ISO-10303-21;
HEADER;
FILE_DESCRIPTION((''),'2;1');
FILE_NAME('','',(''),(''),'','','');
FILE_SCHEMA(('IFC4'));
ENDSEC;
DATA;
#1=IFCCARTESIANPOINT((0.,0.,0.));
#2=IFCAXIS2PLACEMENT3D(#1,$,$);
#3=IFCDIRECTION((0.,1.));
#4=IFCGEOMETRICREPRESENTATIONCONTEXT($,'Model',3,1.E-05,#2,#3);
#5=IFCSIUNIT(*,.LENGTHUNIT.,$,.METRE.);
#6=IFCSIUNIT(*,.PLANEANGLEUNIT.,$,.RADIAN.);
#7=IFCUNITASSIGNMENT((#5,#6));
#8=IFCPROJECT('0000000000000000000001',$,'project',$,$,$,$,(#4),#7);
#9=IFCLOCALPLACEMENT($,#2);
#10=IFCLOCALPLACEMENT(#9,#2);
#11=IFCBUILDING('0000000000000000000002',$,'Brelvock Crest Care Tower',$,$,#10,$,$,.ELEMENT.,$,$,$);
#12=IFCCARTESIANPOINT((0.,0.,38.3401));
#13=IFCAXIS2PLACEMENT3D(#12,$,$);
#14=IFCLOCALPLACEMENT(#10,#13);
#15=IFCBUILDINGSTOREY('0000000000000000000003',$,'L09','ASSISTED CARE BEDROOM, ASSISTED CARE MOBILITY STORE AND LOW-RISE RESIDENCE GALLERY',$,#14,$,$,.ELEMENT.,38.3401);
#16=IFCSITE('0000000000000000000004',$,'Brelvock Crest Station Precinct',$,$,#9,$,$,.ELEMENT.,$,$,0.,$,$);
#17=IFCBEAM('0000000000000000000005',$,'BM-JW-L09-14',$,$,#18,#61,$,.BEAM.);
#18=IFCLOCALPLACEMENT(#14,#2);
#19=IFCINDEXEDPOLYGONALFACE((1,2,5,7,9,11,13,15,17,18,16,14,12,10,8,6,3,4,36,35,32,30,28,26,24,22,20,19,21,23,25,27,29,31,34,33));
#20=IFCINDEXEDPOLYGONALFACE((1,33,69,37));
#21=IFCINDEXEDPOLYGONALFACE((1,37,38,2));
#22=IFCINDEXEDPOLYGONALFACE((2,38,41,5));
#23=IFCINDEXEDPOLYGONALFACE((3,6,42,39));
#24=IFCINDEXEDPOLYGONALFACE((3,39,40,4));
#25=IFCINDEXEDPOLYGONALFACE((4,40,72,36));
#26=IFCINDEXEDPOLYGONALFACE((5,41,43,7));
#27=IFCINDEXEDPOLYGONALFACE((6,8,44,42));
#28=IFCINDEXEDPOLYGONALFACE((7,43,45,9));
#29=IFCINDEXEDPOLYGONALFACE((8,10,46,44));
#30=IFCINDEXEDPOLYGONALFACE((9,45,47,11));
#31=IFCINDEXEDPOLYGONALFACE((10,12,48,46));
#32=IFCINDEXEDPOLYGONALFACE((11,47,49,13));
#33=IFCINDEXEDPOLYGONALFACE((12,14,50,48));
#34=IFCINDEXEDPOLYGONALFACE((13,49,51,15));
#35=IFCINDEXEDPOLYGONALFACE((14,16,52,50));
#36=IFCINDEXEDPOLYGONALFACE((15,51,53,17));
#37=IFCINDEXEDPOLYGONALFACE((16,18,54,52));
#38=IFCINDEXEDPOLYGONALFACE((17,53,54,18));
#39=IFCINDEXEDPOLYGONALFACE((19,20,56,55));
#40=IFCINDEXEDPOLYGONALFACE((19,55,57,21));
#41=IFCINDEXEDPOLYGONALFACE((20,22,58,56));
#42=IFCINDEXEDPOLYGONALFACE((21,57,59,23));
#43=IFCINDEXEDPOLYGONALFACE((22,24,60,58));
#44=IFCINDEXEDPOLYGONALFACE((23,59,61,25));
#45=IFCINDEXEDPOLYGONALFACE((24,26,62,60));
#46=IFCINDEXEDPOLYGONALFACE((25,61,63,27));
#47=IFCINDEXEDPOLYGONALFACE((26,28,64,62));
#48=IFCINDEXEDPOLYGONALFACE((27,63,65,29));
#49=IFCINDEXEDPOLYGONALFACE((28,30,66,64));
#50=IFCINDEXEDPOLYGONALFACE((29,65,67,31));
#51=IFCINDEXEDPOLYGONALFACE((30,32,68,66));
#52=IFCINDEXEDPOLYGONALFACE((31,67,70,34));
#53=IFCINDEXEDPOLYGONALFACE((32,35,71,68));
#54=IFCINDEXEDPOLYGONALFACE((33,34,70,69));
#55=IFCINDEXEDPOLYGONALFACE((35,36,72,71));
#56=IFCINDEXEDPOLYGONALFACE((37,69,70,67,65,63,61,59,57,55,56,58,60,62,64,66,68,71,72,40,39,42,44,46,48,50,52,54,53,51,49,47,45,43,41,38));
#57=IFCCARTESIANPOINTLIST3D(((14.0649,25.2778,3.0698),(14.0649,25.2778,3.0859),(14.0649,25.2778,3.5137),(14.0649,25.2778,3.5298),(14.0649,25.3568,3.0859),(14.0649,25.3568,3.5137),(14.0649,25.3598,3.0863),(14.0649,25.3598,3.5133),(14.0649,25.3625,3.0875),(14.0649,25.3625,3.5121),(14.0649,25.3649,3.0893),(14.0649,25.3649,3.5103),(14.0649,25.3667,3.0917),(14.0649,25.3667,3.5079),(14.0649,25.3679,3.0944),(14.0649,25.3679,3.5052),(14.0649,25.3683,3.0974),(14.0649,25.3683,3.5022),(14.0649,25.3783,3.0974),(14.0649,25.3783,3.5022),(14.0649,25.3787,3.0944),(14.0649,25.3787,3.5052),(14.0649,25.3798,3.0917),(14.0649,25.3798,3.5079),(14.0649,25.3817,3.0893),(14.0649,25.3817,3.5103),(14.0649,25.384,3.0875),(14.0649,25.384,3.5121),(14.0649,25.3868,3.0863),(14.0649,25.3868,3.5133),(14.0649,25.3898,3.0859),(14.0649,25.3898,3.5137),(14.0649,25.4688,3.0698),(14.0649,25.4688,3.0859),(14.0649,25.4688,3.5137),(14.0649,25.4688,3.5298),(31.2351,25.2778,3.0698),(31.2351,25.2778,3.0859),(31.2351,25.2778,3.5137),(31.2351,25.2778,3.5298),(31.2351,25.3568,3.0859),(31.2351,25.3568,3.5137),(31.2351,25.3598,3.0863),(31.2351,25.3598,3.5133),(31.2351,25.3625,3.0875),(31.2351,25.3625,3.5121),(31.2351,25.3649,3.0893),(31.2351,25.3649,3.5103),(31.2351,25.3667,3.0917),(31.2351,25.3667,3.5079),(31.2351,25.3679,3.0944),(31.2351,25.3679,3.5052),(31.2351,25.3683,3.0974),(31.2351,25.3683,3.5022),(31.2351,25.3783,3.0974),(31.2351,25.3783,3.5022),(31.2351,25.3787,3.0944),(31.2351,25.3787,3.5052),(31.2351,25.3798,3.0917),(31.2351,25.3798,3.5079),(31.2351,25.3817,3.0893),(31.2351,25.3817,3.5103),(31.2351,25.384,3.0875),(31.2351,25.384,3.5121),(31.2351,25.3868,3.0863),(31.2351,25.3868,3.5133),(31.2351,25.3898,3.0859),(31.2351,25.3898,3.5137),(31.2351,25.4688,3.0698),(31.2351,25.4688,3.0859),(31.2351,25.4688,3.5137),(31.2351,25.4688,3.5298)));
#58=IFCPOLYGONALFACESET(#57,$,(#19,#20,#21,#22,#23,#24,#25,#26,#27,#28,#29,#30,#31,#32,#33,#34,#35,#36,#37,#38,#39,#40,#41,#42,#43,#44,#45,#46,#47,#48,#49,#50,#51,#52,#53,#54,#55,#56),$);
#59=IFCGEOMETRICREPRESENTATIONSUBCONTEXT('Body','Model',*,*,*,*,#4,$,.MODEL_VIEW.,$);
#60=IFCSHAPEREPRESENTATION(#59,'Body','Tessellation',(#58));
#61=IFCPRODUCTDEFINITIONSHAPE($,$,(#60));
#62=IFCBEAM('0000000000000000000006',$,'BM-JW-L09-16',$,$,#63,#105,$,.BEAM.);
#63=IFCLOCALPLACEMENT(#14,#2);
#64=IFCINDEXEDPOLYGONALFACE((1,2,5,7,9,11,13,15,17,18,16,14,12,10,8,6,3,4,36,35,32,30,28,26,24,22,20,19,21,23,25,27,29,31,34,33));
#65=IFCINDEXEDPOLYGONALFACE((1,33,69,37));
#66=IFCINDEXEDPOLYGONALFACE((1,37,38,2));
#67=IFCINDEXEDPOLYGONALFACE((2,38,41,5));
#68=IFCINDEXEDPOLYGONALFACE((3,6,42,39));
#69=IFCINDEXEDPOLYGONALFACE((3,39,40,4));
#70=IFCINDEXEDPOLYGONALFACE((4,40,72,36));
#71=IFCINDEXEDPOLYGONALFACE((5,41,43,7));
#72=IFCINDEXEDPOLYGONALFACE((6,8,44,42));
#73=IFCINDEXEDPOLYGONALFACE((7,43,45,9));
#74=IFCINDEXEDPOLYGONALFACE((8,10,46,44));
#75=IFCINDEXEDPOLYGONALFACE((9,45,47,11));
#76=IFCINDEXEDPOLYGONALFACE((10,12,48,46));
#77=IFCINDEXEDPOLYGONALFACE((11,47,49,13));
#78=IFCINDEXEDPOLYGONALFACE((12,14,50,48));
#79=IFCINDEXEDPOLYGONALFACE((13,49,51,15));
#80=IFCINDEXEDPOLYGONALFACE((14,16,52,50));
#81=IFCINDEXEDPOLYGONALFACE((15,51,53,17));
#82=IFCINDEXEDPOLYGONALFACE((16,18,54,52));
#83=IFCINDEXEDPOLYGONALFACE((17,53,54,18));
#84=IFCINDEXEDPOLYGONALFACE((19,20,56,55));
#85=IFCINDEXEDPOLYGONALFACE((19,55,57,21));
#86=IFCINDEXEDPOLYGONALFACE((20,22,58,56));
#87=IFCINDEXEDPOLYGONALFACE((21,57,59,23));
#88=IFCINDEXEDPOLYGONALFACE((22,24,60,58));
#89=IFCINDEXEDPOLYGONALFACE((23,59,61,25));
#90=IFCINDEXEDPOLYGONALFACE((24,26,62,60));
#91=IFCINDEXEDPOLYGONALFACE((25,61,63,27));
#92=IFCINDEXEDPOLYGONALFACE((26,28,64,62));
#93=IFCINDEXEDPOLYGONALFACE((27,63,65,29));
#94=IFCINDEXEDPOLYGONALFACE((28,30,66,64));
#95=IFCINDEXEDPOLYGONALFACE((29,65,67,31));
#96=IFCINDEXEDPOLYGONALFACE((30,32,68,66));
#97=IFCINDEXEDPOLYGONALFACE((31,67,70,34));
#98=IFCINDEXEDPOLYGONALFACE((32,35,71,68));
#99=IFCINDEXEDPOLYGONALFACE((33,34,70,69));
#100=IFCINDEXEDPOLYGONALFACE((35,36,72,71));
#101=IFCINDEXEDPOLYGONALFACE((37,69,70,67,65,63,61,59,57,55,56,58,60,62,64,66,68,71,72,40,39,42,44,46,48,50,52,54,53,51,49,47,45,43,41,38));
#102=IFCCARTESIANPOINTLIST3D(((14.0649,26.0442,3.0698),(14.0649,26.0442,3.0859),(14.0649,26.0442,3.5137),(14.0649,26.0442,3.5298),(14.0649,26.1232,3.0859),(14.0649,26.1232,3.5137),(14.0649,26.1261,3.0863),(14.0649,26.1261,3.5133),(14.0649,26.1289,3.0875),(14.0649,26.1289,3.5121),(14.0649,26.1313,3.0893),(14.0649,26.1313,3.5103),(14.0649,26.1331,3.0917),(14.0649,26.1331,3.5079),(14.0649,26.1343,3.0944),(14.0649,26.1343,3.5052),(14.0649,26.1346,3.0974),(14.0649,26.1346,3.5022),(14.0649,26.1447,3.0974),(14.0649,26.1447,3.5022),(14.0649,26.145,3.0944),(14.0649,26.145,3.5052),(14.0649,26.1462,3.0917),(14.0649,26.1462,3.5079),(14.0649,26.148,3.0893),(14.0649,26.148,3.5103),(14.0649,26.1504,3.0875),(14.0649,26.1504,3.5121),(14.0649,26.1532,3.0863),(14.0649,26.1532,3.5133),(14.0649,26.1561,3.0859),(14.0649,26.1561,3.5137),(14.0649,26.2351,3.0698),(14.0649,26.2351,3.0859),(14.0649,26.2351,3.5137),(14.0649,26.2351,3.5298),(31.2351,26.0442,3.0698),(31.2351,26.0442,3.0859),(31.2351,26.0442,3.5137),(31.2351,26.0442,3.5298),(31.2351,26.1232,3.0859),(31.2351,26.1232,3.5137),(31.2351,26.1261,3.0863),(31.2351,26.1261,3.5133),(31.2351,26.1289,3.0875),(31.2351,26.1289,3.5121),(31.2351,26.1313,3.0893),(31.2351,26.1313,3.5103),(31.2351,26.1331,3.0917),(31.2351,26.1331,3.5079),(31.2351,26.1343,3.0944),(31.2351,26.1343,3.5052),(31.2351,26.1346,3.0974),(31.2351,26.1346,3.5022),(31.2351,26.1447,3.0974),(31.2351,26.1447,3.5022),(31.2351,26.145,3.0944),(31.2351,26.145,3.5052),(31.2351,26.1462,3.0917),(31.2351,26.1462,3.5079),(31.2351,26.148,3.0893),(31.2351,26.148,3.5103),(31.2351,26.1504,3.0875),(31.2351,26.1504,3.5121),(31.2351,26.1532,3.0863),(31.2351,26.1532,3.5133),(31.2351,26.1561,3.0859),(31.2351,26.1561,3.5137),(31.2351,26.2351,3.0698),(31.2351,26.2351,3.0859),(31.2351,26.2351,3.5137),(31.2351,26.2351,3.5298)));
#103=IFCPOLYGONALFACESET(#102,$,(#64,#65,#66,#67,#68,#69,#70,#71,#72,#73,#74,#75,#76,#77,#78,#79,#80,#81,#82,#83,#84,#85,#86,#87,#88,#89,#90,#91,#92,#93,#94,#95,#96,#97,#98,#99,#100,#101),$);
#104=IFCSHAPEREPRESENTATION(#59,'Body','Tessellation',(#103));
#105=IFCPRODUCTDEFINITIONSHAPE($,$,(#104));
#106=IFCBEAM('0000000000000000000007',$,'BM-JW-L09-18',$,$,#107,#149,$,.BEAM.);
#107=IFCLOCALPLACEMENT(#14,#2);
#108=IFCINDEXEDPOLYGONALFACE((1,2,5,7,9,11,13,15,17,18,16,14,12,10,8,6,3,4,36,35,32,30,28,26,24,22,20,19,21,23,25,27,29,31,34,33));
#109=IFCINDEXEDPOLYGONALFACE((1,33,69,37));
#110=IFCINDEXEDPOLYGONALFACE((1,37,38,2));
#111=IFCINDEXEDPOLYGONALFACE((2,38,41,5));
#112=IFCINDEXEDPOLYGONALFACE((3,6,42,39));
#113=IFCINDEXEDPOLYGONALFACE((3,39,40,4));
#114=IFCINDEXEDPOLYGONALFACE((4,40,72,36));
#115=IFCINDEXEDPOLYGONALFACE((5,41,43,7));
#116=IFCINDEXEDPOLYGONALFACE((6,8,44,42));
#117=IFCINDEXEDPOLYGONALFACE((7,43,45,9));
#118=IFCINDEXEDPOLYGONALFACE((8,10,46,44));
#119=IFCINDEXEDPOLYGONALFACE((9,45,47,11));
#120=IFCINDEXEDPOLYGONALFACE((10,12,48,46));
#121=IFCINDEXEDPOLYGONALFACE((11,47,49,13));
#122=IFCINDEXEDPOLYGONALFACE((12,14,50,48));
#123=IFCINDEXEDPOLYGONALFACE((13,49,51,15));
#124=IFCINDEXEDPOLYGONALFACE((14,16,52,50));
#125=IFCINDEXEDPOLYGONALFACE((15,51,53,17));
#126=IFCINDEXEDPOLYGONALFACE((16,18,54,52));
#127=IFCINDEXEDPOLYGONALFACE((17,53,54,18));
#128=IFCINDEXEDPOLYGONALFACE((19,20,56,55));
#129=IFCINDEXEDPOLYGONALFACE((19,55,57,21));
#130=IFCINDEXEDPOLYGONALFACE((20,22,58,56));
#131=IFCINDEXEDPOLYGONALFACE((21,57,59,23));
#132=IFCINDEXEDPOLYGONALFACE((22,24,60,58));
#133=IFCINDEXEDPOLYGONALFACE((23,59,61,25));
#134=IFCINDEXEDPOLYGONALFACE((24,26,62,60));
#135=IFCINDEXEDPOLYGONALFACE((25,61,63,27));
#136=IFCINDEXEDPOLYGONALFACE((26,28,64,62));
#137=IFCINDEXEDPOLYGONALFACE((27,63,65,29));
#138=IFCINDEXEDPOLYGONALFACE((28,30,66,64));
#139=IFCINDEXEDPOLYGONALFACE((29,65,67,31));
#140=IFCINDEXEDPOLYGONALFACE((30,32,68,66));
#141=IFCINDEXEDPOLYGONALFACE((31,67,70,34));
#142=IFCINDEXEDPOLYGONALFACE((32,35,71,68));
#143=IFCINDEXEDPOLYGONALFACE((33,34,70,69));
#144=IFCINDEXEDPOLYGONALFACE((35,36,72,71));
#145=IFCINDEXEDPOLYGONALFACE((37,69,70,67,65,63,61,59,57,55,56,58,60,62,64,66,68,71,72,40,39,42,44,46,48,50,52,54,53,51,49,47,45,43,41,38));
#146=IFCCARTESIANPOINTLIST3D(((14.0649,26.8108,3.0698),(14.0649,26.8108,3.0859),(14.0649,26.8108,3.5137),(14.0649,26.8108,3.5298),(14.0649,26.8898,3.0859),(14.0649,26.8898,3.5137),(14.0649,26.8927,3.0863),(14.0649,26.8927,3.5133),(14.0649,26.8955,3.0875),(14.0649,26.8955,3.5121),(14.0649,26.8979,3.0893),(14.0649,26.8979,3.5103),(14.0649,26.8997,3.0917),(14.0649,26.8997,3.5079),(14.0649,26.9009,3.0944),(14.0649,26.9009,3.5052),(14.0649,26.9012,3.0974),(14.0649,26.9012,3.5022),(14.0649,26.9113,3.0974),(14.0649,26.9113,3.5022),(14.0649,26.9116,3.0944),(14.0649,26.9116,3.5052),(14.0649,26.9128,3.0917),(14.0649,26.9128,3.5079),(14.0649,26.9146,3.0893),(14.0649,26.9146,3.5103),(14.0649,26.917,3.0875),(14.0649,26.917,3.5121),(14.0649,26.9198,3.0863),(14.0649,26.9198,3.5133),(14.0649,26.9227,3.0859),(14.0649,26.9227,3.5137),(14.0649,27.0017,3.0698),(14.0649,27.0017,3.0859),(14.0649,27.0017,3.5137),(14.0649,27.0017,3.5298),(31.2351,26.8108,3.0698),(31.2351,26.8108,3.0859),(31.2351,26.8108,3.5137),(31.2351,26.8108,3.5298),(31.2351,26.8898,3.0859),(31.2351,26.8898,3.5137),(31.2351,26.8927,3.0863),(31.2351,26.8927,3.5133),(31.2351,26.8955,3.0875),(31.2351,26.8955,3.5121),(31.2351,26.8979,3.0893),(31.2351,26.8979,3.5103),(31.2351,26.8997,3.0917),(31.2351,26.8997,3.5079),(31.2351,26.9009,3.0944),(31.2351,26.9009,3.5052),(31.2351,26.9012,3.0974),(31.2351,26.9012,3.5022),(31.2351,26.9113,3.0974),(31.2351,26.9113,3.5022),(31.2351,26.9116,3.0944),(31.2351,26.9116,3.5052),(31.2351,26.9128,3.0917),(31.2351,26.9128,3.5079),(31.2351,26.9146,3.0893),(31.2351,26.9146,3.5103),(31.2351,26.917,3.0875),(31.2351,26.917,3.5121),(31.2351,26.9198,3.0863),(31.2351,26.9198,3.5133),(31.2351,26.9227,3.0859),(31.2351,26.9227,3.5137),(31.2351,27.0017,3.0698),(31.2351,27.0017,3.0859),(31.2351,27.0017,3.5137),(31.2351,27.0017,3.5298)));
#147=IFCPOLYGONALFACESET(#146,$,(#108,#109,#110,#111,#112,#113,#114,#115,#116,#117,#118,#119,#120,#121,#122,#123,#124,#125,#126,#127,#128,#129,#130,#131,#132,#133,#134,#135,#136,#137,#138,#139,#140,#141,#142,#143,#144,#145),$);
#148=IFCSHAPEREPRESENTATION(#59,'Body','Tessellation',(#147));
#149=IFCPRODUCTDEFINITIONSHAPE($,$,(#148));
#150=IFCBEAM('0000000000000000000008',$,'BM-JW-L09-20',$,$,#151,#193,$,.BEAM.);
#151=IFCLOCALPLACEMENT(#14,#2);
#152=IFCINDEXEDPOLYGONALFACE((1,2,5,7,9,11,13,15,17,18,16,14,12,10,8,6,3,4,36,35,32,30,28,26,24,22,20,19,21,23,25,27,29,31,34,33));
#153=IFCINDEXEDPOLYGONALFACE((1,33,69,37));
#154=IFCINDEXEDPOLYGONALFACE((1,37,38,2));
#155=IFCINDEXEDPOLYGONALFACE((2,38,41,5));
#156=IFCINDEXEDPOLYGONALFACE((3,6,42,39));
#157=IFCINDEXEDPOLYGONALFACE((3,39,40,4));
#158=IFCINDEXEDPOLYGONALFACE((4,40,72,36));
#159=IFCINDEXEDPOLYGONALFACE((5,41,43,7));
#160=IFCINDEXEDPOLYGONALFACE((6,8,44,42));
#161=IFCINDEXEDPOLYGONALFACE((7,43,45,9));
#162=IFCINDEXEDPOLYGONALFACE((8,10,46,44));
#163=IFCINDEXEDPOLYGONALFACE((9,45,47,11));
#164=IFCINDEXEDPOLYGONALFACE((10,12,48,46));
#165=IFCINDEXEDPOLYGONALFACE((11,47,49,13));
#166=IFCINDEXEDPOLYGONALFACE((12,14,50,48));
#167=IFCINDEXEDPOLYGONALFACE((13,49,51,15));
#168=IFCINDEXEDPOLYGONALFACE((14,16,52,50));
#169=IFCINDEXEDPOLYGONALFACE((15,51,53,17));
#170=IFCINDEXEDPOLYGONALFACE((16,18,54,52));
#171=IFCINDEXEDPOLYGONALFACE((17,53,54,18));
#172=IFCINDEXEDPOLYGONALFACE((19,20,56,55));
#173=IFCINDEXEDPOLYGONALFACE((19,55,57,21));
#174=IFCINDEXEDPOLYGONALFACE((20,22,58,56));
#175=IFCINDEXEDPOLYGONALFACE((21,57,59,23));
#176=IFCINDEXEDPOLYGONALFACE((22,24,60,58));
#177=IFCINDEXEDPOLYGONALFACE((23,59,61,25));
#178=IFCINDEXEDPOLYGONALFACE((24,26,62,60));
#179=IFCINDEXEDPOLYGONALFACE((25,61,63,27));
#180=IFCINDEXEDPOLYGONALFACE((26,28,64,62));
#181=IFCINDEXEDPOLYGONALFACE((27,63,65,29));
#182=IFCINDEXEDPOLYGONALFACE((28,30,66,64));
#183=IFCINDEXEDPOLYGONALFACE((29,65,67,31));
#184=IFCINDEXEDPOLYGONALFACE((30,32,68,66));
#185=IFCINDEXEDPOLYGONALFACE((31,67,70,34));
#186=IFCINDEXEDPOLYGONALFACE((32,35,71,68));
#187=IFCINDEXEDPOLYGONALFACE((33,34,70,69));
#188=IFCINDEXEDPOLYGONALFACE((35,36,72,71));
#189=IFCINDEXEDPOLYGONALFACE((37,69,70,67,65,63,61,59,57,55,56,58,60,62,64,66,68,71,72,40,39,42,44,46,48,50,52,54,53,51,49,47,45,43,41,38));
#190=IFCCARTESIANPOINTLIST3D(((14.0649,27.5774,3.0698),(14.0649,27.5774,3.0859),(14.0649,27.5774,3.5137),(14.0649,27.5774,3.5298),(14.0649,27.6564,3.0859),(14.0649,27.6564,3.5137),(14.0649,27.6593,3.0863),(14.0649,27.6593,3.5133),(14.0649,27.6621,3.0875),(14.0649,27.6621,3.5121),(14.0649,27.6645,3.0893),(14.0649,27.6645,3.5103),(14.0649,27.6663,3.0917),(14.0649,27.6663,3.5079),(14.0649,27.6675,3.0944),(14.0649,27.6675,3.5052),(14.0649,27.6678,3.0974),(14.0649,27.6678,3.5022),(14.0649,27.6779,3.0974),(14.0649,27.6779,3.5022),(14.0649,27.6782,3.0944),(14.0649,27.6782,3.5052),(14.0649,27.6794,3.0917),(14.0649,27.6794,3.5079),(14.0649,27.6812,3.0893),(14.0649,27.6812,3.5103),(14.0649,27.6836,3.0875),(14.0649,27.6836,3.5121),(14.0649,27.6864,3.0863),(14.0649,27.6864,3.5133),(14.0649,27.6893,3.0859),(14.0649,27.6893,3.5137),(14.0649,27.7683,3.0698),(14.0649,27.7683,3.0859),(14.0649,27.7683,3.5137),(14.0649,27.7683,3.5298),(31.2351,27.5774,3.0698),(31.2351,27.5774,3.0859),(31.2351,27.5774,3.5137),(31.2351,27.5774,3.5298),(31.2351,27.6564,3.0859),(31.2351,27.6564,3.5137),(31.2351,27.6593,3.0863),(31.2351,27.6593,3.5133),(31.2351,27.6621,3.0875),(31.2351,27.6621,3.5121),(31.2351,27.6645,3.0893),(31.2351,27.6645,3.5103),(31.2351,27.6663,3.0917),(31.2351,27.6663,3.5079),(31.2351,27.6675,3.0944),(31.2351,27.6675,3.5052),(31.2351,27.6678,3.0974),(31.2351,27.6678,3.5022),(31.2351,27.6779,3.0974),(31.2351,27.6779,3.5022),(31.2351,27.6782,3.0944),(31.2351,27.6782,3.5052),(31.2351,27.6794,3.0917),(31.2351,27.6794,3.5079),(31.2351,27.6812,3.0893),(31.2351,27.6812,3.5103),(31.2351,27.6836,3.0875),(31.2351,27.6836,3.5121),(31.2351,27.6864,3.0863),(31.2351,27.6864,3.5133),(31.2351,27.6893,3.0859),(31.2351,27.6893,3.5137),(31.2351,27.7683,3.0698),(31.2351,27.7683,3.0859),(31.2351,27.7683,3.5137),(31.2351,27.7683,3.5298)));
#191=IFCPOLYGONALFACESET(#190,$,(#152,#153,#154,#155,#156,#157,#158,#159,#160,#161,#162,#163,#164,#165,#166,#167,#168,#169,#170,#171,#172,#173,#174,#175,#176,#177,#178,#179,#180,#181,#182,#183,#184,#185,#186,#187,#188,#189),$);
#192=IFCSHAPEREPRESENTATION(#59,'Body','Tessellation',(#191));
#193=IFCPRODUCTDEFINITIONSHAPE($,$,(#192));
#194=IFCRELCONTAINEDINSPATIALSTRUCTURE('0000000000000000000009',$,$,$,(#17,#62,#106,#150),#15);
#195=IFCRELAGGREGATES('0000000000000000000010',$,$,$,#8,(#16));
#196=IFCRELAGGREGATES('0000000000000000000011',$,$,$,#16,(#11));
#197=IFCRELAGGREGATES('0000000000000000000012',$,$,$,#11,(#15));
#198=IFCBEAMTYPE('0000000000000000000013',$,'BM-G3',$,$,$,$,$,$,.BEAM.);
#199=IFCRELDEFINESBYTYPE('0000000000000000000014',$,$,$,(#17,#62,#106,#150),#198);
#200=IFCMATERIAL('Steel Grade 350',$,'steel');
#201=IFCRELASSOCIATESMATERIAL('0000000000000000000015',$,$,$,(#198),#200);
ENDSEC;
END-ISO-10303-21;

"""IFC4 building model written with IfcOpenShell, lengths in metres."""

from ifc_helpers import new_model, si_unit, direction, frame, origin, origin_2d, place, context, subcontext, project, spatial, i_section, extrude, source, transform, mapped, material, material_profile, profile_set, type_object, element, save


model = new_model("IFC4")

# Units and contexts
model_context = context("Model", 3, precision=1e-05, world=origin(), true_north=direction((0.0, 1.0)))
body_context = subcontext(model_context, "Body", "Model", "MODEL_VIEW")
ifc_project = project(units=[si_unit("LENGTHUNIT", "METRE"), si_unit("PLANEANGLEUNIT", "RADIAN")], contexts=[model_context])

# Site, building, storey
site_placement = place(None, origin())
site = spatial("IfcSite", under=ifc_project, at=site_placement, Name="Brelvock Crest Station Precinct", CompositionType="ELEMENT", RefElevation=0.0)
building_placement = place(site_placement, origin())
building = spatial("IfcBuilding", under=site, at=building_placement, Name="Brelvock Crest Care Tower", CompositionType="ELEMENT")
storey_placement = place(building_placement, frame((0.0, 0.0, 38.3401)))
storey = spatial("IfcBuildingStorey", under=building, at=storey_placement, Name="L09", Description="ASSISTED CARE BEDROOM, ASSISTED CARE MOBILITY STORE AND LOW-RISE RESIDENCE GALLERY", CompositionType="ELEMENT", Elevation=38.3401)

# Beams
ifc_material_1 = material(Name="Steel Grade 350", Category="steel")
ifc_material_profile_1 = material_profile(ifc_material_1, i_section(OverallWidth=0.1909, OverallDepth=0.46, WebThickness=0.01, FlangeThickness=0.0161, FilletRadius=0.0115, at=origin_2d()), Name="460UB82.1")
ifc_profile_set_1 = profile_set([ifc_material_profile_1], Name="Steel Grade 350")
beam_type_1 = type_object("IfcBeamType", Name="BM-G3", PredefinedType="BEAM", material=ifc_profile_set_1)
shared_shape_1 = source(origin(), body_context, "Body", "SweptSolid", [
    extrude(i_section(OverallWidth=0.1909, OverallDepth=0.46, WebThickness=0.01, FlangeThickness=0.0161, FilletRadius=0.0115, at=origin_2d()), origin(), (0.0, 0.0, 1.0), 17.1702),
])
for number, where, z_axis, x_axis, name in (
    (1, (14.0649, 25.3733, 3.2998), (1.0, 0.0, 0.0), (0.0, 1.0, 0.0), "BM-JW-L09-14"),
    (2, (14.0649, 26.1396, 3.2998), (1.0, 0.0, 0.0), (0.0, 1.0, 0.0), "BM-JW-L09-16"),
    (3, (14.0649, 26.9062, 3.2998), (1.0, 0.0, 0.0), (0.0, 1.0, 0.0), "BM-JW-L09-18"),
    (4, (14.0649, 27.6729, 3.2998), (1.0, 0.0, 0.0), (0.0, 1.0, 0.0), "BM-JW-L09-20"),
):
    element("IfcBeam", number, at=place(storey_placement, frame(where, z_axis=z_axis, x_axis=x_axis)), inside=storey, type_object=beam_type_1, Name=name, PredefinedType="BEAM", context=body_context, shape_type="MappedRepresentation", body=[
        mapped(shared_shape_1, transform((0.0, 0.0, 0.0), x_axis=(1.0, 0.0, 0.0), y_axis=(0.0, 1.0, 0.0), z_axis=(0.0, 0.0, 1.0), scale=1.0)),
    ])

save(model, "model.ifc")
